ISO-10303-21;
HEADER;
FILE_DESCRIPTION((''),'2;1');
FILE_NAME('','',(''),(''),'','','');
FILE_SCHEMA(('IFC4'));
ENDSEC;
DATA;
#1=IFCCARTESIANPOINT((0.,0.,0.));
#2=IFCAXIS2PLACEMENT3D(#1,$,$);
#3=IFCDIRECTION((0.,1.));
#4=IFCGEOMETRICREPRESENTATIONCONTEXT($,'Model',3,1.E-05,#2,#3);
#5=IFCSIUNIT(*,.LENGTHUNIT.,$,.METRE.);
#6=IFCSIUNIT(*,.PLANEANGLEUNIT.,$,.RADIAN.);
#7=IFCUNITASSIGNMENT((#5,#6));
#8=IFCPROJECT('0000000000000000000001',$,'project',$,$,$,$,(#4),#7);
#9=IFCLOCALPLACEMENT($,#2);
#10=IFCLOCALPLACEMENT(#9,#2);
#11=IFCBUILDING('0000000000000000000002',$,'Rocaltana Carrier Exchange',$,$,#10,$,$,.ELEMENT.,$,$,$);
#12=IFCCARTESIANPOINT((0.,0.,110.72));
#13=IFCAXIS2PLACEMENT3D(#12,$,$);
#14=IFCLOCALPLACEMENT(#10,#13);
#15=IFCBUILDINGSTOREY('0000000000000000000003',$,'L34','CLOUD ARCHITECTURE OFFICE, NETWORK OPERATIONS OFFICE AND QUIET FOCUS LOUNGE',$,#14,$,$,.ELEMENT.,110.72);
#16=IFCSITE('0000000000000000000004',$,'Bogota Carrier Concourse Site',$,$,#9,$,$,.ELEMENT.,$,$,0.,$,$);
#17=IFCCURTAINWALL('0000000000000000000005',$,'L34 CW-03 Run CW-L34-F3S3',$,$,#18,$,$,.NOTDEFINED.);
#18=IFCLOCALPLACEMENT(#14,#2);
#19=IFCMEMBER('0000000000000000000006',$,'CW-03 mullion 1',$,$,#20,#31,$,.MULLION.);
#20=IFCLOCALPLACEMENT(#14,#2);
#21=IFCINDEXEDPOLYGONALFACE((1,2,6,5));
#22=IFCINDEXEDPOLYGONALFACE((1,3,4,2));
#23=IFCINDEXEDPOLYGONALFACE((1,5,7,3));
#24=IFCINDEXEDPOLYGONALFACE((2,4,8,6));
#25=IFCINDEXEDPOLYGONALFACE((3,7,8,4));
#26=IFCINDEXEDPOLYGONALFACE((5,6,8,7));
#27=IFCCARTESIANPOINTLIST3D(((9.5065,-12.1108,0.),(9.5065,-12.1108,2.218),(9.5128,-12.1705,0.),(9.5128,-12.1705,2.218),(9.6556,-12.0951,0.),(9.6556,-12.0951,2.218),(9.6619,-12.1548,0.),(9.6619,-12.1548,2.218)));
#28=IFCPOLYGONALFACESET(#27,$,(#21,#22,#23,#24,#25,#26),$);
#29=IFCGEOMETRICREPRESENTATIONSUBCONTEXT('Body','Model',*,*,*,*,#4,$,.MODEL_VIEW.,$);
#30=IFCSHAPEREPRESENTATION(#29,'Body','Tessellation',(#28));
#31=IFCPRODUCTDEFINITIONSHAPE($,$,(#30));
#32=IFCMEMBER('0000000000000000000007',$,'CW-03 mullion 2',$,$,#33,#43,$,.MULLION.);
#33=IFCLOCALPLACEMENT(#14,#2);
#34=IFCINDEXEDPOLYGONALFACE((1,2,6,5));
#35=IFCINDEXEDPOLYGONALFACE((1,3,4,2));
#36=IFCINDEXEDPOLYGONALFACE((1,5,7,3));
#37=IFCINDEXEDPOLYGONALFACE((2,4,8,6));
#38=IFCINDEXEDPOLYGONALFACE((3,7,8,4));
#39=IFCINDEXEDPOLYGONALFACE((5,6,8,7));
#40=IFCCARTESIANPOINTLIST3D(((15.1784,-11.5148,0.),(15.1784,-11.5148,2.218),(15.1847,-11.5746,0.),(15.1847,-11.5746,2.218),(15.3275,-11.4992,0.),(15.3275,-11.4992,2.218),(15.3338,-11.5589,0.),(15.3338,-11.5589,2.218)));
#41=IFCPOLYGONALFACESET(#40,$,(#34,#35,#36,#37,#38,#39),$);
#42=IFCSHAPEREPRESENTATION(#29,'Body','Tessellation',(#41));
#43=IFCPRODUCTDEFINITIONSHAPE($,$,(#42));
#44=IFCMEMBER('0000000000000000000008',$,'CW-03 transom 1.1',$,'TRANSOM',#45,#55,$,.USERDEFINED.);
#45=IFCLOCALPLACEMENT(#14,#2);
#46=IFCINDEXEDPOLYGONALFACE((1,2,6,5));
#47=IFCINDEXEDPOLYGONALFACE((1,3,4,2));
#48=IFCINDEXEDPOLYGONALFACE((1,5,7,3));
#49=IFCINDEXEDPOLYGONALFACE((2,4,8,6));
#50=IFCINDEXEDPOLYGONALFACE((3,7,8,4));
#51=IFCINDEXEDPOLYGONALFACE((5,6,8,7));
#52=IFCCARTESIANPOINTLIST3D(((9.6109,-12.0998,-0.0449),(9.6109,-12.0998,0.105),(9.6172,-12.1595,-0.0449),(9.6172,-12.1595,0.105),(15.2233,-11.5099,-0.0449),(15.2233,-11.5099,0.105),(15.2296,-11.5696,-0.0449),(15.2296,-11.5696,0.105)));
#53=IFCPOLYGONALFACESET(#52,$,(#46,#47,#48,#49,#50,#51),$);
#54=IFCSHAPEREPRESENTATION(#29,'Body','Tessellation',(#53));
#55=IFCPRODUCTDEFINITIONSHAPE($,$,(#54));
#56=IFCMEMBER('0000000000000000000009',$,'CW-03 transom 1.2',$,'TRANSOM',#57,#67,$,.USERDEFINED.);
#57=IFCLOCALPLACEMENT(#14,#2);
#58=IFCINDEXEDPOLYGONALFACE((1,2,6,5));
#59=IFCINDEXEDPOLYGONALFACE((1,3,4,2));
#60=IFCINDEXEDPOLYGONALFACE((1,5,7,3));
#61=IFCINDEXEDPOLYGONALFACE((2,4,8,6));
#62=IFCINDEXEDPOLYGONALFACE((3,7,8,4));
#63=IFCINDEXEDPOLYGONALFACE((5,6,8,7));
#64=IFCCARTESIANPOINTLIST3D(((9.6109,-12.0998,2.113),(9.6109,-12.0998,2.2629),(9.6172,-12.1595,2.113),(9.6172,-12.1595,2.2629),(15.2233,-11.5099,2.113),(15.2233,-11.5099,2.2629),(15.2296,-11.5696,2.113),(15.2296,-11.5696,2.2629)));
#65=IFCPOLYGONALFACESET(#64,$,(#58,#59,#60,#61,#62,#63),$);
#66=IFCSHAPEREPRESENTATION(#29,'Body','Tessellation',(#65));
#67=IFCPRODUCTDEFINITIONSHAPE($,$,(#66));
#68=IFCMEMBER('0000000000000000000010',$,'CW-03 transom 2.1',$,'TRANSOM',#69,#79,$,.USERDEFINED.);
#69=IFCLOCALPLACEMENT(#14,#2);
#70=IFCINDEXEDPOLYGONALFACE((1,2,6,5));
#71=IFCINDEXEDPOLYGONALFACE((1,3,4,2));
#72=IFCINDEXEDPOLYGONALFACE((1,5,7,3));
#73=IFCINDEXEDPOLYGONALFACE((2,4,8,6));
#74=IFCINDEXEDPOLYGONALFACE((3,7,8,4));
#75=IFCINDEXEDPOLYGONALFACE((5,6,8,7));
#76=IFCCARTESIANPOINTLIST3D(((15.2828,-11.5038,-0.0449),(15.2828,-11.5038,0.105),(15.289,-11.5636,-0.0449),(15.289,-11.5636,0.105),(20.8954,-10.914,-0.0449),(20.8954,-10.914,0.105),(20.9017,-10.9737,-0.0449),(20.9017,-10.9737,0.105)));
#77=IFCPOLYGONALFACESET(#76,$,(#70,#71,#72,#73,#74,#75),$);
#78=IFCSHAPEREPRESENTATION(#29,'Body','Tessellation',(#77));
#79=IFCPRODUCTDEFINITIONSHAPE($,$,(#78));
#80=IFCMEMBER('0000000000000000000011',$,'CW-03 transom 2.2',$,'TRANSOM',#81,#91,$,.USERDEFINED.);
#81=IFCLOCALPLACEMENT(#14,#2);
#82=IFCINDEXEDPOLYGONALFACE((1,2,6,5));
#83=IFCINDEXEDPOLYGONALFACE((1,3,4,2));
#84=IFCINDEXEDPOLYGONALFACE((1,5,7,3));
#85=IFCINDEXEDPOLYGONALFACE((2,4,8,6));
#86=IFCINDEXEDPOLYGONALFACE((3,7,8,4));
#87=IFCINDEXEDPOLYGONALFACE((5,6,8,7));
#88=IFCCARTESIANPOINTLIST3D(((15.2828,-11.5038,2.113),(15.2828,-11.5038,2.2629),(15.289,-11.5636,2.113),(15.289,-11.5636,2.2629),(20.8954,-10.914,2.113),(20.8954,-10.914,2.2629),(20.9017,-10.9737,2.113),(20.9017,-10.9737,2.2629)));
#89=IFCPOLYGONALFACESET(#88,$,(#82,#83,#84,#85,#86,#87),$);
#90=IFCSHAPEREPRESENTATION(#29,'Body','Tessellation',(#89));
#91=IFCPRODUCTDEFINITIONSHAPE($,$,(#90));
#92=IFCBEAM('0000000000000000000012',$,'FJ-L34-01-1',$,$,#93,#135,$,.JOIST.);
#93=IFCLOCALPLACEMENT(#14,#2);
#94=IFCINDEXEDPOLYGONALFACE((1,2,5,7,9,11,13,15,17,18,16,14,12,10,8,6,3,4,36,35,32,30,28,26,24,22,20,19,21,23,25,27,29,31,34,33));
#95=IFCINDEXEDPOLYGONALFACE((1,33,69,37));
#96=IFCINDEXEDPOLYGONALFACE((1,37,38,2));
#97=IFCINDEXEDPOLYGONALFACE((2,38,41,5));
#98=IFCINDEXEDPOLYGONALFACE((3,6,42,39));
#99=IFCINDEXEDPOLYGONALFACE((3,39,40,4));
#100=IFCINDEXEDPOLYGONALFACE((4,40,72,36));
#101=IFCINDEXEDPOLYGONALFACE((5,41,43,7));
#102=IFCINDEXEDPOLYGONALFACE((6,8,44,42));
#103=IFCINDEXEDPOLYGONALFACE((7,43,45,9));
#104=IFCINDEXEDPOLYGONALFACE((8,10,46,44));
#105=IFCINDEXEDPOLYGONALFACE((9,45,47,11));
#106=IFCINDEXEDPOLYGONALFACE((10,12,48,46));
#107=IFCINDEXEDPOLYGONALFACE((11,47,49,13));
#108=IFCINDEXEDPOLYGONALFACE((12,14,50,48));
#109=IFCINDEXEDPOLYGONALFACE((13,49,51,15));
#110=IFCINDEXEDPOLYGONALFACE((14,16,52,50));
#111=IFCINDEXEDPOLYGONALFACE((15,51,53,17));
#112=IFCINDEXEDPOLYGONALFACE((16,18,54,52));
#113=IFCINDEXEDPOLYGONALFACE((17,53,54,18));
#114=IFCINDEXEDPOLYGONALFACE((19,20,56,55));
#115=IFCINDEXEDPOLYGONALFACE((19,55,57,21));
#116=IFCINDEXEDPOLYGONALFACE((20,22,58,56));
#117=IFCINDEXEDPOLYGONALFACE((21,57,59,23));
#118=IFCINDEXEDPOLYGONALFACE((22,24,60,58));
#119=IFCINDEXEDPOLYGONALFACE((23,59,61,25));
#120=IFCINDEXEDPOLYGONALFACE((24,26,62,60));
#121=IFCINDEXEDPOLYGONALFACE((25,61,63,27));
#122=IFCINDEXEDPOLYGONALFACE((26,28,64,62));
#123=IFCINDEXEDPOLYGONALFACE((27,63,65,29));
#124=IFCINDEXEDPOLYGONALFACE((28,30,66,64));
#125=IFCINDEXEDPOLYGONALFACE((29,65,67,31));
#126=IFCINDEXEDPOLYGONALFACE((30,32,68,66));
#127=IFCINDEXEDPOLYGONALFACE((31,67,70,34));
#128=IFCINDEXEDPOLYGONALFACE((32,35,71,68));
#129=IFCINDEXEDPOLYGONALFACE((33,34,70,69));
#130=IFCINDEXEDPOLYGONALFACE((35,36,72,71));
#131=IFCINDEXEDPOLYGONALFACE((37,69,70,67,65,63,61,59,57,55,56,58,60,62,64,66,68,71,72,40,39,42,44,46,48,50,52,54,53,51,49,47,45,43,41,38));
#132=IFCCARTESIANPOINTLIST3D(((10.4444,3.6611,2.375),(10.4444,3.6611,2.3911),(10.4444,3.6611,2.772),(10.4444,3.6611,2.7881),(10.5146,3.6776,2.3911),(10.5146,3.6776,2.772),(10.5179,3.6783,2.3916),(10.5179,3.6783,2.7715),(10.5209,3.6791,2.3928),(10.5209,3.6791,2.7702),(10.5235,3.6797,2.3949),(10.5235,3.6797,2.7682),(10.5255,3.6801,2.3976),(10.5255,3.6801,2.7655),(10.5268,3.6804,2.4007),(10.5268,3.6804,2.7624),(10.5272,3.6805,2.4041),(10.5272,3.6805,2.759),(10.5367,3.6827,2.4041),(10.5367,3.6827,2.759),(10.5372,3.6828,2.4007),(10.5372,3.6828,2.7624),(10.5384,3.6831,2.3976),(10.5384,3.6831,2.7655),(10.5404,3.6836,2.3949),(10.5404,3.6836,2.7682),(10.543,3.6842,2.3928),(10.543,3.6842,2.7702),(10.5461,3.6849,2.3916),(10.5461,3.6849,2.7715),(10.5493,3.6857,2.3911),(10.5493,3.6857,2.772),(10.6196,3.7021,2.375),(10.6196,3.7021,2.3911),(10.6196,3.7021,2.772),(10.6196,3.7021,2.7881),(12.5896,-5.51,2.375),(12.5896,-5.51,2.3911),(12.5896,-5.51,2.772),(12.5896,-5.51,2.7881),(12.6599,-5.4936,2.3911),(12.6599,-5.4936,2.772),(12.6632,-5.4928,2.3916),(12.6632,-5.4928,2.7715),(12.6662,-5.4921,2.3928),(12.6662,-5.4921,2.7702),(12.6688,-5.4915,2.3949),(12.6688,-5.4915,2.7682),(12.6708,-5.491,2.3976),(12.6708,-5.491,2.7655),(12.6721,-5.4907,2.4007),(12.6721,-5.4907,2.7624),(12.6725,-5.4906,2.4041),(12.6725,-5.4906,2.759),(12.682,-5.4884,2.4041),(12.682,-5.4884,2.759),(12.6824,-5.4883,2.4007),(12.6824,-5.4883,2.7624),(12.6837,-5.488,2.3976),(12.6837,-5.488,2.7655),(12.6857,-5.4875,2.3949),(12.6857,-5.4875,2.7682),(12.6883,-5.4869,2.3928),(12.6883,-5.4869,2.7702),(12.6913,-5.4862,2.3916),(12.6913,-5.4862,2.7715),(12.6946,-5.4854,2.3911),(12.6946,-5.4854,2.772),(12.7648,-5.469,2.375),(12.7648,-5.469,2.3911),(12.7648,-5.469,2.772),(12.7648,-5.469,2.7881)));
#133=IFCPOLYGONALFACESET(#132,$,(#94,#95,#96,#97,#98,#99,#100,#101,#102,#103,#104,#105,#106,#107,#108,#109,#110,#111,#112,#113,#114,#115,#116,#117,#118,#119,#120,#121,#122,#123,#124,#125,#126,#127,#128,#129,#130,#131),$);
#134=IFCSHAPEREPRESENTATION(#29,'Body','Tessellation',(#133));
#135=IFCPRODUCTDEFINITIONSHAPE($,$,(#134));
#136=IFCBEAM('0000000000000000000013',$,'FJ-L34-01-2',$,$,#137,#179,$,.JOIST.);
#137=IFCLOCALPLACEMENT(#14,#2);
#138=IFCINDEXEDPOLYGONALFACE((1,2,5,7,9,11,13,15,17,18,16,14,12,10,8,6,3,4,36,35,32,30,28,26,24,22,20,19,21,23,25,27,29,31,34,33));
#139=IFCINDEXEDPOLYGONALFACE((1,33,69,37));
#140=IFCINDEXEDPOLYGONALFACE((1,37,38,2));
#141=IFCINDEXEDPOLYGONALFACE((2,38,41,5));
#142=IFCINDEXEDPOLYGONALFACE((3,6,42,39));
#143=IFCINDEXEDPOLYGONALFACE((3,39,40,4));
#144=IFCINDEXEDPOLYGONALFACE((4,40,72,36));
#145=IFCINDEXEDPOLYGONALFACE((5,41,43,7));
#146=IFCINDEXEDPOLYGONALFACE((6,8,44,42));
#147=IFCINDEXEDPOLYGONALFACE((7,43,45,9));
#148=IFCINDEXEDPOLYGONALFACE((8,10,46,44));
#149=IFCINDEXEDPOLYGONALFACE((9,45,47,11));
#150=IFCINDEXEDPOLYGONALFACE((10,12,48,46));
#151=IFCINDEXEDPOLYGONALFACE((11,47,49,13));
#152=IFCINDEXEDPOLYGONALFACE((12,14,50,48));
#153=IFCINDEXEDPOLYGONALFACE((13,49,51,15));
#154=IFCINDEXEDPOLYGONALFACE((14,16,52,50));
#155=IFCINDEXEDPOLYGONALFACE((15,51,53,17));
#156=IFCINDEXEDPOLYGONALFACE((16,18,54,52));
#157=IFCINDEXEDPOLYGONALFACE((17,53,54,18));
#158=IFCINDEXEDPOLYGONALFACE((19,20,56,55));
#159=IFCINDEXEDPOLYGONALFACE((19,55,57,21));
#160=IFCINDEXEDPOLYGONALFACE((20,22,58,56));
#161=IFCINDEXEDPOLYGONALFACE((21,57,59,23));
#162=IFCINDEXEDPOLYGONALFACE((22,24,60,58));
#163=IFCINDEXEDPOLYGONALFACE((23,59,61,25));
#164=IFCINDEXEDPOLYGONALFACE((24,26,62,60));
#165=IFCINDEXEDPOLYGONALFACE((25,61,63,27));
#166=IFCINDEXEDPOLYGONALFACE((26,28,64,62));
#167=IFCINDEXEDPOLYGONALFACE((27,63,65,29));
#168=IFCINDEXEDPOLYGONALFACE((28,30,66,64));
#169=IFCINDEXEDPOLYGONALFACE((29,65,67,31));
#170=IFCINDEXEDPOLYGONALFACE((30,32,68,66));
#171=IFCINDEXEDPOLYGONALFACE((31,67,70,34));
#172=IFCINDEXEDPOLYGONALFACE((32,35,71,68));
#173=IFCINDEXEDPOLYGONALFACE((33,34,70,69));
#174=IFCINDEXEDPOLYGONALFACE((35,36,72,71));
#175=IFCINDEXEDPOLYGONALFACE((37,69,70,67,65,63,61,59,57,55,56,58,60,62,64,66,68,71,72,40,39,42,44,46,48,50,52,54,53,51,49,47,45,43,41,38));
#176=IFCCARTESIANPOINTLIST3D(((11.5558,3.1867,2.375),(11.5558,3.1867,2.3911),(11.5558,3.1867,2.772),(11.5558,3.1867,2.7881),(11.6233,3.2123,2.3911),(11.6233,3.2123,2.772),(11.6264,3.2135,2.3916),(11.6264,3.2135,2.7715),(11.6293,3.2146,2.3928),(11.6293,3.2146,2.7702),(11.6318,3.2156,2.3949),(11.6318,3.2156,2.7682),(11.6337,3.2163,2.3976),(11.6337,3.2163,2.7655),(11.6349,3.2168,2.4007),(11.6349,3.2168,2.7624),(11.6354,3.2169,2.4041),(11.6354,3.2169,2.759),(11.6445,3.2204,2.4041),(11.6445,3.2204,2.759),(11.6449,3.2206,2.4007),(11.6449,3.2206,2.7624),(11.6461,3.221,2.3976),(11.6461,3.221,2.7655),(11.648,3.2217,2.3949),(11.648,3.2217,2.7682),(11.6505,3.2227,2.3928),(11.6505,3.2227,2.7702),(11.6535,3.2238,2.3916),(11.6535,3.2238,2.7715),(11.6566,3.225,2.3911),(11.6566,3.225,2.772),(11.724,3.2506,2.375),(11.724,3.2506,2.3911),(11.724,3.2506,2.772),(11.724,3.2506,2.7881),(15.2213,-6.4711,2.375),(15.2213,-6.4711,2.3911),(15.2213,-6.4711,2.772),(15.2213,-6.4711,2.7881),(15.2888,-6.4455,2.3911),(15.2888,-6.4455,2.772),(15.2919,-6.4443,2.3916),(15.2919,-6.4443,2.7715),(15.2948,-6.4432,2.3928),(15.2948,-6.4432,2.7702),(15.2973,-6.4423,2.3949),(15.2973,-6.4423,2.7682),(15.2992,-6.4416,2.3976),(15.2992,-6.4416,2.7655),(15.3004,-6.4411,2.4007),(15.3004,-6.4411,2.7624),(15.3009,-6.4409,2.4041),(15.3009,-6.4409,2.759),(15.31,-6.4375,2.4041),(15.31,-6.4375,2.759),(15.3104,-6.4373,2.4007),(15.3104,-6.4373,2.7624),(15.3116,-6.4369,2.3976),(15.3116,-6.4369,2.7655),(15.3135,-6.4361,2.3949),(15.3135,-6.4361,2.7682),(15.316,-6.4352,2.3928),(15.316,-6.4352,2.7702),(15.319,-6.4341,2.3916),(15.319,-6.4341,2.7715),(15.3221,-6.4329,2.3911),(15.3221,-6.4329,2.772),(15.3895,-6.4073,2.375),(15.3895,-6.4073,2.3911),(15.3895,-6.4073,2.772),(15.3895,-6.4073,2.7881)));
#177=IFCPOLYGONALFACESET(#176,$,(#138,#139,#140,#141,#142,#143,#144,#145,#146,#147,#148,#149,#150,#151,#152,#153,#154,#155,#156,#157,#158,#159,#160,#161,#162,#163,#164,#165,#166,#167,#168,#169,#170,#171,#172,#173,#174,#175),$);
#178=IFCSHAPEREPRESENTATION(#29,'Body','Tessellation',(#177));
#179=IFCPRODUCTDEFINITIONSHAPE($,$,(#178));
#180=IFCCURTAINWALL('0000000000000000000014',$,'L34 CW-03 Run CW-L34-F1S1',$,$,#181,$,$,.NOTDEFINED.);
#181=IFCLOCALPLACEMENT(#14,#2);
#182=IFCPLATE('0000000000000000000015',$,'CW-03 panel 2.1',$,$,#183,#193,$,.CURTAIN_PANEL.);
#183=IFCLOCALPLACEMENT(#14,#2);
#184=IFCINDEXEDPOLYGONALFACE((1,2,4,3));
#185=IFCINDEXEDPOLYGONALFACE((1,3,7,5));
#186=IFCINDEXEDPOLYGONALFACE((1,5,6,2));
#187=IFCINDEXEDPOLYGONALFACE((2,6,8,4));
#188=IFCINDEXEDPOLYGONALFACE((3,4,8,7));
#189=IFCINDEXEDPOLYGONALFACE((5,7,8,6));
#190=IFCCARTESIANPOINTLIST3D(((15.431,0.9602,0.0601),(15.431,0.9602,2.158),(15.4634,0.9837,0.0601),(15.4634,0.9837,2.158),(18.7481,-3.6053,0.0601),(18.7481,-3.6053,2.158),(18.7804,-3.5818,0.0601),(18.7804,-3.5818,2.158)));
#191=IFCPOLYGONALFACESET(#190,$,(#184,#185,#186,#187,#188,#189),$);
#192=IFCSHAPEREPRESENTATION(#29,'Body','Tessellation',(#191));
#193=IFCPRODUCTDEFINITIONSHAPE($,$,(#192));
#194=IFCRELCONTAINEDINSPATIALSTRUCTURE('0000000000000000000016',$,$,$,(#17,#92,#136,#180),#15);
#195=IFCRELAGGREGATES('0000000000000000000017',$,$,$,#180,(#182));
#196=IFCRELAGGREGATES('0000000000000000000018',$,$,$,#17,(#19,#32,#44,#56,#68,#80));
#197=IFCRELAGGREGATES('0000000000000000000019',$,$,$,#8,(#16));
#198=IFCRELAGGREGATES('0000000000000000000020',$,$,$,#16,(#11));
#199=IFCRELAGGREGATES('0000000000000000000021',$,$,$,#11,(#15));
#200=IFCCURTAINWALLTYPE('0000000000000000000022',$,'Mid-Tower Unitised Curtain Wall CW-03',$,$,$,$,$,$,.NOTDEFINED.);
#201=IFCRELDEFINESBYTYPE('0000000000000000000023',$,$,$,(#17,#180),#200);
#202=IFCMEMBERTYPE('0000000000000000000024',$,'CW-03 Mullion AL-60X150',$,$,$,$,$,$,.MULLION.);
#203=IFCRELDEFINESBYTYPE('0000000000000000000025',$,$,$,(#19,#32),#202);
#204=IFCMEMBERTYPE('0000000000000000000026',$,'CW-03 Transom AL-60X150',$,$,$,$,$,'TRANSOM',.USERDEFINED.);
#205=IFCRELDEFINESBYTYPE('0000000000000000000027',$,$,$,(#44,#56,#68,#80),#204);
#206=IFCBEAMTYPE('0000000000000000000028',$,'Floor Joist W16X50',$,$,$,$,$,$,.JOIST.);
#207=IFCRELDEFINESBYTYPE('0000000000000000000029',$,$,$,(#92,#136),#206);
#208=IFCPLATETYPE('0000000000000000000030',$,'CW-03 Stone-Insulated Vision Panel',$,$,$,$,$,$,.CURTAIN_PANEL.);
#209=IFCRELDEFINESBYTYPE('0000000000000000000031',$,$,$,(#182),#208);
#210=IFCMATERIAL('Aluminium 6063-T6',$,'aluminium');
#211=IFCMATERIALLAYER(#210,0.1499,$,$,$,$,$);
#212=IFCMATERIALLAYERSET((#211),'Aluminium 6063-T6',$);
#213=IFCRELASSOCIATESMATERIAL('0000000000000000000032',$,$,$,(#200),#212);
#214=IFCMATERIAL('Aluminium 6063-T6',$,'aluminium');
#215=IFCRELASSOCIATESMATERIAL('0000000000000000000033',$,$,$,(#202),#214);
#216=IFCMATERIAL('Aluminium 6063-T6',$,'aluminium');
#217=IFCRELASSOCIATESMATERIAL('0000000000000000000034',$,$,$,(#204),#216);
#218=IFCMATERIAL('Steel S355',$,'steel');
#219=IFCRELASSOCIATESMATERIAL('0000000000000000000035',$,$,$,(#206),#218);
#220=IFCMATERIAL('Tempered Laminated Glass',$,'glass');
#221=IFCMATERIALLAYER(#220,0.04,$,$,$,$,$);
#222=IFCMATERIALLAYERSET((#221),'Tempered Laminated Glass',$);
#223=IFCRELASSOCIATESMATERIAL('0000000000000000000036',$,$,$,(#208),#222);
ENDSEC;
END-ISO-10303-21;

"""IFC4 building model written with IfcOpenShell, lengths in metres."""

from ifc_helpers import new_model, si_unit, direction, frame, origin, origin_2d, place, context, subcontext, project, spatial, rectangle, i_section, extrude, material, layer, layer_set, material_profile, profile_set, type_object, element, aggregate, save


model = new_model("IFC4")

# Units and contexts
model_context = context("Model", 3, precision=1e-05, world=origin(), true_north=direction((0.0, 1.0)))
body_context = subcontext(model_context, "Body", "Model", "MODEL_VIEW")
ifc_project = project(units=[si_unit("LENGTHUNIT", "METRE"), si_unit("PLANEANGLEUNIT", "RADIAN")], contexts=[model_context])

# Site, building, storey
site_placement = place(None, origin())
site = spatial("IfcSite", under=ifc_project, at=site_placement, Name="Bogota Carrier Concourse Site", CompositionType="ELEMENT", RefElevation=0.0)
building_placement = place(site_placement, origin())
building = spatial("IfcBuilding", under=site, at=building_placement, Name="Rocaltana Carrier Exchange", CompositionType="ELEMENT")
storey_placement = place(building_placement, frame((0.0, 0.0, 110.72)))
storey = spatial("IfcBuildingStorey", under=building, at=storey_placement, Name="L34", Description="CLOUD ARCHITECTURE OFFICE, NETWORK OPERATIONS OFFICE AND QUIET FOCUS LOUNGE", CompositionType="ELEMENT", Elevation=110.72)

# Curtain wall, members
ifc_material_1 = material(Name="Aluminium 6063-T6", Category="aluminium")
ifc_layer_1 = layer(ifc_material_1, 0.1499)
ifc_layer_set_1 = layer_set([ifc_layer_1], Name="Aluminium 6063-T6")
curtain_wall_type = type_object("IfcCurtainWallType", Name="Mid-Tower Unitised Curtain Wall CW-03", PredefinedType="NOTDEFINED", material=ifc_layer_set_1)
curtain_wall_1_placement = place(storey_placement, origin())
curtain_wall_1 = element("IfcCurtainWall", 1, at=curtain_wall_1_placement, inside=storey, type_object=curtain_wall_type, Name="L34 CW-03 Run CW-L34-F3S3", PredefinedType="NOTDEFINED")
ifc_material_2 = material(Name="Aluminium 6063-T6", Category="aluminium")
ifc_material_profile_1 = material_profile(ifc_material_2, rectangle(XDim=0.0601, YDim=0.1499, at=origin_2d()), Name="AL-60X150")
ifc_profile_set_1 = profile_set([ifc_material_profile_1], Name="Aluminium 6063-T6")
member_type_1 = type_object("IfcMemberType", Name="CW-03 Mullion AL-60X150", PredefinedType="MULLION", material=ifc_profile_set_1)
member_1_placement = place(storey_placement, frame((9.5842, -12.1328, 0.0), z_axis=(0.0, 0.0, 1.0), x_axis=(-0.104522, 0.994523, 0.0)))
member_1 = element("IfcMember", 2, at=member_1_placement, type_object=member_type_1, Name="CW-03 mullion 1", PredefinedType="MULLION", context=body_context, shape_type="SweptSolid", body=[
    extrude(rectangle(XDim=0.0601, YDim=0.1499, at=origin_2d()), origin(), (0.0, 0.0, 1.0), 2.218),
])
member_2_placement = place(storey_placement, frame((15.2561, -11.5369, 0.0), z_axis=(0.0, 0.0, 1.0), x_axis=(-0.104522, 0.994523, 0.0)))
member_2 = element("IfcMember", 3, at=member_2_placement, type_object=member_type_1, Name="CW-03 mullion 2", PredefinedType="MULLION", context=body_context, shape_type="SweptSolid", body=[
    extrude(rectangle(XDim=0.0601, YDim=0.1499, at=origin_2d()), origin(), (0.0, 0.0, 1.0), 2.218),
])
ifc_material_3 = material(Name="Aluminium 6063-T6", Category="aluminium")
ifc_material_profile_2 = material_profile(ifc_material_3, rectangle(XDim=0.0601, YDim=0.1499, at=origin_2d()), Name="AL-60X150")
ifc_profile_set_2 = profile_set([ifc_material_profile_2], Name="Aluminium 6063-T6")
member_type_2 = type_object("IfcMemberType", Name="CW-03 Transom AL-60X150", ElementType="TRANSOM", PredefinedType="USERDEFINED", material=ifc_profile_set_2)
member_3_placement = place(storey_placement, frame((9.614, -12.1296, 0.03), z_axis=(0.994523, 0.104523, 0.0), x_axis=(-0.104523, 0.994523, 0.0)))
member_3 = element("IfcMember", 4, at=member_3_placement, type_object=member_type_2, Name="CW-03 transom 1.1", ObjectType="TRANSOM", PredefinedType="USERDEFINED", context=body_context, shape_type="SweptSolid", body=[
    extrude(rectangle(XDim=0.0601, YDim=0.1499, at=origin_2d()), origin(), (0.0, 0.0, 1.0), 5.6433),
])
member_4_placement = place(storey_placement, frame((9.614, -12.1296, 2.188), z_axis=(0.994523, 0.104523, 0.0), x_axis=(-0.104523, 0.994523, 0.0)))
member_4 = element("IfcMember", 5, at=member_4_placement, type_object=member_type_2, Name="CW-03 transom 1.2", ObjectType="TRANSOM", PredefinedType="USERDEFINED", context=body_context, shape_type="SweptSolid", body=[
    extrude(rectangle(XDim=0.0601, YDim=0.1499, at=origin_2d()), origin(), (0.0, 0.0, 1.0), 5.6433),
])
member_5_placement = place(storey_placement, frame((15.2859, -11.5337, 0.03), z_axis=(0.994523, 0.104518, 0.0), x_axis=(-0.104518, 0.994523, 0.0)))
member_5 = element("IfcMember", 6, at=member_5_placement, type_object=member_type_2, Name="CW-03 transom 2.1", ObjectType="TRANSOM", PredefinedType="USERDEFINED", context=body_context, shape_type="SweptSolid", body=[
    extrude(rectangle(XDim=0.0601, YDim=0.1499, at=origin_2d()), origin(), (0.0, 0.0, 1.0), 5.6436),
])
member_6_placement = place(storey_placement, frame((15.2859, -11.5337, 2.188), z_axis=(0.994523, 0.104518, 0.0), x_axis=(-0.104518, 0.994523, 0.0)))
member_6 = element("IfcMember", 7, at=member_6_placement, type_object=member_type_2, Name="CW-03 transom 2.2", ObjectType="TRANSOM", PredefinedType="USERDEFINED", context=body_context, shape_type="SweptSolid", body=[
    extrude(rectangle(XDim=0.0601, YDim=0.1499, at=origin_2d()), origin(), (0.0, 0.0, 1.0), 5.6436),
])

# Beams
ifc_material_4 = material(Name="Steel S355", Category="steel")
ifc_material_profile_3 = material_profile(ifc_material_4, i_section(OverallWidth=0.1799, OverallDepth=0.4131, WebThickness=0.0098, FlangeThickness=0.0161, FilletRadius=0.0129, at=origin_2d()), Name="W16X50")
ifc_profile_set_3 = profile_set([ifc_material_profile_3], Name="Steel S355")
beam_type = type_object("IfcBeamType", Name="Floor Joist W16X50", PredefinedType="JOIST", material=ifc_profile_set_3)
beam_1_placement = place(storey_placement, frame((12.6772, -5.4895, 2.5815), z_axis=(-0.227766, 0.973716, 0.0), x_axis=(-0.973716, -0.227766, 0.0)))
element("IfcBeam", 8, at=beam_1_placement, inside=storey, type_object=beam_type, Name="FJ-L34-01-1", PredefinedType="JOIST", context=body_context, shape_type="SweptSolid", body=[
    extrude(i_section(OverallWidth=0.1799, OverallDepth=0.4131, WebThickness=0.0098, FlangeThickness=0.0161, FilletRadius=0.0129, at=origin_2d()), origin(), (0.0, 0.0, 1.0), 9.4187),
])
beam_2_placement = place(storey_placement, frame((15.3054, -6.4392, 2.5815), z_axis=(-0.354837, 0.934928, 0.0), x_axis=(-0.934928, -0.354837, 0.0)))
element("IfcBeam", 9, at=beam_2_placement, inside=storey, type_object=beam_type, Name="FJ-L34-01-2", PredefinedType="JOIST", context=body_context, shape_type="SweptSolid", body=[
    extrude(i_section(OverallWidth=0.1799, OverallDepth=0.4131, WebThickness=0.0098, FlangeThickness=0.0161, FilletRadius=0.0129, at=origin_2d()), origin(), (0.0, 0.0, 1.0), 10.3301),
])

# Curtain wall, plate
curtain_wall_2_placement = place(storey_placement, origin())
curtain_wall_2 = element("IfcCurtainWall", 10, at=curtain_wall_2_placement, inside=storey, type_object=curtain_wall_type, Name="L34 CW-03 Run CW-L34-F1S1", PredefinedType="NOTDEFINED")
ifc_material_5 = material(Name="Tempered Laminated Glass", Category="glass")
ifc_layer_2 = layer(ifc_material_5, 0.04)
ifc_layer_set_2 = layer_set([ifc_layer_2], Name="Tempered Laminated Glass")
plate_type = type_object("IfcPlateType", Name="CW-03 Stone-Insulated Vision Panel", PredefinedType="CURTAIN_PANEL", material=ifc_layer_set_2)
plate_1_placement = place(storey_placement, frame((17.1057, -1.3108, 0.0601), z_axis=(0.0, 0.0, 1.0), x_axis=(-0.58779, 0.809014, 0.0)))
plate_1 = element("IfcPlate", 11, at=plate_1_placement, type_object=plate_type, Name="CW-03 panel 2.1", PredefinedType="CURTAIN_PANEL", context=body_context, shape_type="SweptSolid", body=[
    extrude(rectangle(XDim=5.6433, YDim=0.04, at=origin_2d()), origin(), (0.0, 0.0, 1.0), 2.0979),
])
aggregate(curtain_wall_2, [plate_1])

aggregate(curtain_wall_1, [member_1, member_2, member_3, member_4, member_5, member_6])

save(model, "model.ifc")
